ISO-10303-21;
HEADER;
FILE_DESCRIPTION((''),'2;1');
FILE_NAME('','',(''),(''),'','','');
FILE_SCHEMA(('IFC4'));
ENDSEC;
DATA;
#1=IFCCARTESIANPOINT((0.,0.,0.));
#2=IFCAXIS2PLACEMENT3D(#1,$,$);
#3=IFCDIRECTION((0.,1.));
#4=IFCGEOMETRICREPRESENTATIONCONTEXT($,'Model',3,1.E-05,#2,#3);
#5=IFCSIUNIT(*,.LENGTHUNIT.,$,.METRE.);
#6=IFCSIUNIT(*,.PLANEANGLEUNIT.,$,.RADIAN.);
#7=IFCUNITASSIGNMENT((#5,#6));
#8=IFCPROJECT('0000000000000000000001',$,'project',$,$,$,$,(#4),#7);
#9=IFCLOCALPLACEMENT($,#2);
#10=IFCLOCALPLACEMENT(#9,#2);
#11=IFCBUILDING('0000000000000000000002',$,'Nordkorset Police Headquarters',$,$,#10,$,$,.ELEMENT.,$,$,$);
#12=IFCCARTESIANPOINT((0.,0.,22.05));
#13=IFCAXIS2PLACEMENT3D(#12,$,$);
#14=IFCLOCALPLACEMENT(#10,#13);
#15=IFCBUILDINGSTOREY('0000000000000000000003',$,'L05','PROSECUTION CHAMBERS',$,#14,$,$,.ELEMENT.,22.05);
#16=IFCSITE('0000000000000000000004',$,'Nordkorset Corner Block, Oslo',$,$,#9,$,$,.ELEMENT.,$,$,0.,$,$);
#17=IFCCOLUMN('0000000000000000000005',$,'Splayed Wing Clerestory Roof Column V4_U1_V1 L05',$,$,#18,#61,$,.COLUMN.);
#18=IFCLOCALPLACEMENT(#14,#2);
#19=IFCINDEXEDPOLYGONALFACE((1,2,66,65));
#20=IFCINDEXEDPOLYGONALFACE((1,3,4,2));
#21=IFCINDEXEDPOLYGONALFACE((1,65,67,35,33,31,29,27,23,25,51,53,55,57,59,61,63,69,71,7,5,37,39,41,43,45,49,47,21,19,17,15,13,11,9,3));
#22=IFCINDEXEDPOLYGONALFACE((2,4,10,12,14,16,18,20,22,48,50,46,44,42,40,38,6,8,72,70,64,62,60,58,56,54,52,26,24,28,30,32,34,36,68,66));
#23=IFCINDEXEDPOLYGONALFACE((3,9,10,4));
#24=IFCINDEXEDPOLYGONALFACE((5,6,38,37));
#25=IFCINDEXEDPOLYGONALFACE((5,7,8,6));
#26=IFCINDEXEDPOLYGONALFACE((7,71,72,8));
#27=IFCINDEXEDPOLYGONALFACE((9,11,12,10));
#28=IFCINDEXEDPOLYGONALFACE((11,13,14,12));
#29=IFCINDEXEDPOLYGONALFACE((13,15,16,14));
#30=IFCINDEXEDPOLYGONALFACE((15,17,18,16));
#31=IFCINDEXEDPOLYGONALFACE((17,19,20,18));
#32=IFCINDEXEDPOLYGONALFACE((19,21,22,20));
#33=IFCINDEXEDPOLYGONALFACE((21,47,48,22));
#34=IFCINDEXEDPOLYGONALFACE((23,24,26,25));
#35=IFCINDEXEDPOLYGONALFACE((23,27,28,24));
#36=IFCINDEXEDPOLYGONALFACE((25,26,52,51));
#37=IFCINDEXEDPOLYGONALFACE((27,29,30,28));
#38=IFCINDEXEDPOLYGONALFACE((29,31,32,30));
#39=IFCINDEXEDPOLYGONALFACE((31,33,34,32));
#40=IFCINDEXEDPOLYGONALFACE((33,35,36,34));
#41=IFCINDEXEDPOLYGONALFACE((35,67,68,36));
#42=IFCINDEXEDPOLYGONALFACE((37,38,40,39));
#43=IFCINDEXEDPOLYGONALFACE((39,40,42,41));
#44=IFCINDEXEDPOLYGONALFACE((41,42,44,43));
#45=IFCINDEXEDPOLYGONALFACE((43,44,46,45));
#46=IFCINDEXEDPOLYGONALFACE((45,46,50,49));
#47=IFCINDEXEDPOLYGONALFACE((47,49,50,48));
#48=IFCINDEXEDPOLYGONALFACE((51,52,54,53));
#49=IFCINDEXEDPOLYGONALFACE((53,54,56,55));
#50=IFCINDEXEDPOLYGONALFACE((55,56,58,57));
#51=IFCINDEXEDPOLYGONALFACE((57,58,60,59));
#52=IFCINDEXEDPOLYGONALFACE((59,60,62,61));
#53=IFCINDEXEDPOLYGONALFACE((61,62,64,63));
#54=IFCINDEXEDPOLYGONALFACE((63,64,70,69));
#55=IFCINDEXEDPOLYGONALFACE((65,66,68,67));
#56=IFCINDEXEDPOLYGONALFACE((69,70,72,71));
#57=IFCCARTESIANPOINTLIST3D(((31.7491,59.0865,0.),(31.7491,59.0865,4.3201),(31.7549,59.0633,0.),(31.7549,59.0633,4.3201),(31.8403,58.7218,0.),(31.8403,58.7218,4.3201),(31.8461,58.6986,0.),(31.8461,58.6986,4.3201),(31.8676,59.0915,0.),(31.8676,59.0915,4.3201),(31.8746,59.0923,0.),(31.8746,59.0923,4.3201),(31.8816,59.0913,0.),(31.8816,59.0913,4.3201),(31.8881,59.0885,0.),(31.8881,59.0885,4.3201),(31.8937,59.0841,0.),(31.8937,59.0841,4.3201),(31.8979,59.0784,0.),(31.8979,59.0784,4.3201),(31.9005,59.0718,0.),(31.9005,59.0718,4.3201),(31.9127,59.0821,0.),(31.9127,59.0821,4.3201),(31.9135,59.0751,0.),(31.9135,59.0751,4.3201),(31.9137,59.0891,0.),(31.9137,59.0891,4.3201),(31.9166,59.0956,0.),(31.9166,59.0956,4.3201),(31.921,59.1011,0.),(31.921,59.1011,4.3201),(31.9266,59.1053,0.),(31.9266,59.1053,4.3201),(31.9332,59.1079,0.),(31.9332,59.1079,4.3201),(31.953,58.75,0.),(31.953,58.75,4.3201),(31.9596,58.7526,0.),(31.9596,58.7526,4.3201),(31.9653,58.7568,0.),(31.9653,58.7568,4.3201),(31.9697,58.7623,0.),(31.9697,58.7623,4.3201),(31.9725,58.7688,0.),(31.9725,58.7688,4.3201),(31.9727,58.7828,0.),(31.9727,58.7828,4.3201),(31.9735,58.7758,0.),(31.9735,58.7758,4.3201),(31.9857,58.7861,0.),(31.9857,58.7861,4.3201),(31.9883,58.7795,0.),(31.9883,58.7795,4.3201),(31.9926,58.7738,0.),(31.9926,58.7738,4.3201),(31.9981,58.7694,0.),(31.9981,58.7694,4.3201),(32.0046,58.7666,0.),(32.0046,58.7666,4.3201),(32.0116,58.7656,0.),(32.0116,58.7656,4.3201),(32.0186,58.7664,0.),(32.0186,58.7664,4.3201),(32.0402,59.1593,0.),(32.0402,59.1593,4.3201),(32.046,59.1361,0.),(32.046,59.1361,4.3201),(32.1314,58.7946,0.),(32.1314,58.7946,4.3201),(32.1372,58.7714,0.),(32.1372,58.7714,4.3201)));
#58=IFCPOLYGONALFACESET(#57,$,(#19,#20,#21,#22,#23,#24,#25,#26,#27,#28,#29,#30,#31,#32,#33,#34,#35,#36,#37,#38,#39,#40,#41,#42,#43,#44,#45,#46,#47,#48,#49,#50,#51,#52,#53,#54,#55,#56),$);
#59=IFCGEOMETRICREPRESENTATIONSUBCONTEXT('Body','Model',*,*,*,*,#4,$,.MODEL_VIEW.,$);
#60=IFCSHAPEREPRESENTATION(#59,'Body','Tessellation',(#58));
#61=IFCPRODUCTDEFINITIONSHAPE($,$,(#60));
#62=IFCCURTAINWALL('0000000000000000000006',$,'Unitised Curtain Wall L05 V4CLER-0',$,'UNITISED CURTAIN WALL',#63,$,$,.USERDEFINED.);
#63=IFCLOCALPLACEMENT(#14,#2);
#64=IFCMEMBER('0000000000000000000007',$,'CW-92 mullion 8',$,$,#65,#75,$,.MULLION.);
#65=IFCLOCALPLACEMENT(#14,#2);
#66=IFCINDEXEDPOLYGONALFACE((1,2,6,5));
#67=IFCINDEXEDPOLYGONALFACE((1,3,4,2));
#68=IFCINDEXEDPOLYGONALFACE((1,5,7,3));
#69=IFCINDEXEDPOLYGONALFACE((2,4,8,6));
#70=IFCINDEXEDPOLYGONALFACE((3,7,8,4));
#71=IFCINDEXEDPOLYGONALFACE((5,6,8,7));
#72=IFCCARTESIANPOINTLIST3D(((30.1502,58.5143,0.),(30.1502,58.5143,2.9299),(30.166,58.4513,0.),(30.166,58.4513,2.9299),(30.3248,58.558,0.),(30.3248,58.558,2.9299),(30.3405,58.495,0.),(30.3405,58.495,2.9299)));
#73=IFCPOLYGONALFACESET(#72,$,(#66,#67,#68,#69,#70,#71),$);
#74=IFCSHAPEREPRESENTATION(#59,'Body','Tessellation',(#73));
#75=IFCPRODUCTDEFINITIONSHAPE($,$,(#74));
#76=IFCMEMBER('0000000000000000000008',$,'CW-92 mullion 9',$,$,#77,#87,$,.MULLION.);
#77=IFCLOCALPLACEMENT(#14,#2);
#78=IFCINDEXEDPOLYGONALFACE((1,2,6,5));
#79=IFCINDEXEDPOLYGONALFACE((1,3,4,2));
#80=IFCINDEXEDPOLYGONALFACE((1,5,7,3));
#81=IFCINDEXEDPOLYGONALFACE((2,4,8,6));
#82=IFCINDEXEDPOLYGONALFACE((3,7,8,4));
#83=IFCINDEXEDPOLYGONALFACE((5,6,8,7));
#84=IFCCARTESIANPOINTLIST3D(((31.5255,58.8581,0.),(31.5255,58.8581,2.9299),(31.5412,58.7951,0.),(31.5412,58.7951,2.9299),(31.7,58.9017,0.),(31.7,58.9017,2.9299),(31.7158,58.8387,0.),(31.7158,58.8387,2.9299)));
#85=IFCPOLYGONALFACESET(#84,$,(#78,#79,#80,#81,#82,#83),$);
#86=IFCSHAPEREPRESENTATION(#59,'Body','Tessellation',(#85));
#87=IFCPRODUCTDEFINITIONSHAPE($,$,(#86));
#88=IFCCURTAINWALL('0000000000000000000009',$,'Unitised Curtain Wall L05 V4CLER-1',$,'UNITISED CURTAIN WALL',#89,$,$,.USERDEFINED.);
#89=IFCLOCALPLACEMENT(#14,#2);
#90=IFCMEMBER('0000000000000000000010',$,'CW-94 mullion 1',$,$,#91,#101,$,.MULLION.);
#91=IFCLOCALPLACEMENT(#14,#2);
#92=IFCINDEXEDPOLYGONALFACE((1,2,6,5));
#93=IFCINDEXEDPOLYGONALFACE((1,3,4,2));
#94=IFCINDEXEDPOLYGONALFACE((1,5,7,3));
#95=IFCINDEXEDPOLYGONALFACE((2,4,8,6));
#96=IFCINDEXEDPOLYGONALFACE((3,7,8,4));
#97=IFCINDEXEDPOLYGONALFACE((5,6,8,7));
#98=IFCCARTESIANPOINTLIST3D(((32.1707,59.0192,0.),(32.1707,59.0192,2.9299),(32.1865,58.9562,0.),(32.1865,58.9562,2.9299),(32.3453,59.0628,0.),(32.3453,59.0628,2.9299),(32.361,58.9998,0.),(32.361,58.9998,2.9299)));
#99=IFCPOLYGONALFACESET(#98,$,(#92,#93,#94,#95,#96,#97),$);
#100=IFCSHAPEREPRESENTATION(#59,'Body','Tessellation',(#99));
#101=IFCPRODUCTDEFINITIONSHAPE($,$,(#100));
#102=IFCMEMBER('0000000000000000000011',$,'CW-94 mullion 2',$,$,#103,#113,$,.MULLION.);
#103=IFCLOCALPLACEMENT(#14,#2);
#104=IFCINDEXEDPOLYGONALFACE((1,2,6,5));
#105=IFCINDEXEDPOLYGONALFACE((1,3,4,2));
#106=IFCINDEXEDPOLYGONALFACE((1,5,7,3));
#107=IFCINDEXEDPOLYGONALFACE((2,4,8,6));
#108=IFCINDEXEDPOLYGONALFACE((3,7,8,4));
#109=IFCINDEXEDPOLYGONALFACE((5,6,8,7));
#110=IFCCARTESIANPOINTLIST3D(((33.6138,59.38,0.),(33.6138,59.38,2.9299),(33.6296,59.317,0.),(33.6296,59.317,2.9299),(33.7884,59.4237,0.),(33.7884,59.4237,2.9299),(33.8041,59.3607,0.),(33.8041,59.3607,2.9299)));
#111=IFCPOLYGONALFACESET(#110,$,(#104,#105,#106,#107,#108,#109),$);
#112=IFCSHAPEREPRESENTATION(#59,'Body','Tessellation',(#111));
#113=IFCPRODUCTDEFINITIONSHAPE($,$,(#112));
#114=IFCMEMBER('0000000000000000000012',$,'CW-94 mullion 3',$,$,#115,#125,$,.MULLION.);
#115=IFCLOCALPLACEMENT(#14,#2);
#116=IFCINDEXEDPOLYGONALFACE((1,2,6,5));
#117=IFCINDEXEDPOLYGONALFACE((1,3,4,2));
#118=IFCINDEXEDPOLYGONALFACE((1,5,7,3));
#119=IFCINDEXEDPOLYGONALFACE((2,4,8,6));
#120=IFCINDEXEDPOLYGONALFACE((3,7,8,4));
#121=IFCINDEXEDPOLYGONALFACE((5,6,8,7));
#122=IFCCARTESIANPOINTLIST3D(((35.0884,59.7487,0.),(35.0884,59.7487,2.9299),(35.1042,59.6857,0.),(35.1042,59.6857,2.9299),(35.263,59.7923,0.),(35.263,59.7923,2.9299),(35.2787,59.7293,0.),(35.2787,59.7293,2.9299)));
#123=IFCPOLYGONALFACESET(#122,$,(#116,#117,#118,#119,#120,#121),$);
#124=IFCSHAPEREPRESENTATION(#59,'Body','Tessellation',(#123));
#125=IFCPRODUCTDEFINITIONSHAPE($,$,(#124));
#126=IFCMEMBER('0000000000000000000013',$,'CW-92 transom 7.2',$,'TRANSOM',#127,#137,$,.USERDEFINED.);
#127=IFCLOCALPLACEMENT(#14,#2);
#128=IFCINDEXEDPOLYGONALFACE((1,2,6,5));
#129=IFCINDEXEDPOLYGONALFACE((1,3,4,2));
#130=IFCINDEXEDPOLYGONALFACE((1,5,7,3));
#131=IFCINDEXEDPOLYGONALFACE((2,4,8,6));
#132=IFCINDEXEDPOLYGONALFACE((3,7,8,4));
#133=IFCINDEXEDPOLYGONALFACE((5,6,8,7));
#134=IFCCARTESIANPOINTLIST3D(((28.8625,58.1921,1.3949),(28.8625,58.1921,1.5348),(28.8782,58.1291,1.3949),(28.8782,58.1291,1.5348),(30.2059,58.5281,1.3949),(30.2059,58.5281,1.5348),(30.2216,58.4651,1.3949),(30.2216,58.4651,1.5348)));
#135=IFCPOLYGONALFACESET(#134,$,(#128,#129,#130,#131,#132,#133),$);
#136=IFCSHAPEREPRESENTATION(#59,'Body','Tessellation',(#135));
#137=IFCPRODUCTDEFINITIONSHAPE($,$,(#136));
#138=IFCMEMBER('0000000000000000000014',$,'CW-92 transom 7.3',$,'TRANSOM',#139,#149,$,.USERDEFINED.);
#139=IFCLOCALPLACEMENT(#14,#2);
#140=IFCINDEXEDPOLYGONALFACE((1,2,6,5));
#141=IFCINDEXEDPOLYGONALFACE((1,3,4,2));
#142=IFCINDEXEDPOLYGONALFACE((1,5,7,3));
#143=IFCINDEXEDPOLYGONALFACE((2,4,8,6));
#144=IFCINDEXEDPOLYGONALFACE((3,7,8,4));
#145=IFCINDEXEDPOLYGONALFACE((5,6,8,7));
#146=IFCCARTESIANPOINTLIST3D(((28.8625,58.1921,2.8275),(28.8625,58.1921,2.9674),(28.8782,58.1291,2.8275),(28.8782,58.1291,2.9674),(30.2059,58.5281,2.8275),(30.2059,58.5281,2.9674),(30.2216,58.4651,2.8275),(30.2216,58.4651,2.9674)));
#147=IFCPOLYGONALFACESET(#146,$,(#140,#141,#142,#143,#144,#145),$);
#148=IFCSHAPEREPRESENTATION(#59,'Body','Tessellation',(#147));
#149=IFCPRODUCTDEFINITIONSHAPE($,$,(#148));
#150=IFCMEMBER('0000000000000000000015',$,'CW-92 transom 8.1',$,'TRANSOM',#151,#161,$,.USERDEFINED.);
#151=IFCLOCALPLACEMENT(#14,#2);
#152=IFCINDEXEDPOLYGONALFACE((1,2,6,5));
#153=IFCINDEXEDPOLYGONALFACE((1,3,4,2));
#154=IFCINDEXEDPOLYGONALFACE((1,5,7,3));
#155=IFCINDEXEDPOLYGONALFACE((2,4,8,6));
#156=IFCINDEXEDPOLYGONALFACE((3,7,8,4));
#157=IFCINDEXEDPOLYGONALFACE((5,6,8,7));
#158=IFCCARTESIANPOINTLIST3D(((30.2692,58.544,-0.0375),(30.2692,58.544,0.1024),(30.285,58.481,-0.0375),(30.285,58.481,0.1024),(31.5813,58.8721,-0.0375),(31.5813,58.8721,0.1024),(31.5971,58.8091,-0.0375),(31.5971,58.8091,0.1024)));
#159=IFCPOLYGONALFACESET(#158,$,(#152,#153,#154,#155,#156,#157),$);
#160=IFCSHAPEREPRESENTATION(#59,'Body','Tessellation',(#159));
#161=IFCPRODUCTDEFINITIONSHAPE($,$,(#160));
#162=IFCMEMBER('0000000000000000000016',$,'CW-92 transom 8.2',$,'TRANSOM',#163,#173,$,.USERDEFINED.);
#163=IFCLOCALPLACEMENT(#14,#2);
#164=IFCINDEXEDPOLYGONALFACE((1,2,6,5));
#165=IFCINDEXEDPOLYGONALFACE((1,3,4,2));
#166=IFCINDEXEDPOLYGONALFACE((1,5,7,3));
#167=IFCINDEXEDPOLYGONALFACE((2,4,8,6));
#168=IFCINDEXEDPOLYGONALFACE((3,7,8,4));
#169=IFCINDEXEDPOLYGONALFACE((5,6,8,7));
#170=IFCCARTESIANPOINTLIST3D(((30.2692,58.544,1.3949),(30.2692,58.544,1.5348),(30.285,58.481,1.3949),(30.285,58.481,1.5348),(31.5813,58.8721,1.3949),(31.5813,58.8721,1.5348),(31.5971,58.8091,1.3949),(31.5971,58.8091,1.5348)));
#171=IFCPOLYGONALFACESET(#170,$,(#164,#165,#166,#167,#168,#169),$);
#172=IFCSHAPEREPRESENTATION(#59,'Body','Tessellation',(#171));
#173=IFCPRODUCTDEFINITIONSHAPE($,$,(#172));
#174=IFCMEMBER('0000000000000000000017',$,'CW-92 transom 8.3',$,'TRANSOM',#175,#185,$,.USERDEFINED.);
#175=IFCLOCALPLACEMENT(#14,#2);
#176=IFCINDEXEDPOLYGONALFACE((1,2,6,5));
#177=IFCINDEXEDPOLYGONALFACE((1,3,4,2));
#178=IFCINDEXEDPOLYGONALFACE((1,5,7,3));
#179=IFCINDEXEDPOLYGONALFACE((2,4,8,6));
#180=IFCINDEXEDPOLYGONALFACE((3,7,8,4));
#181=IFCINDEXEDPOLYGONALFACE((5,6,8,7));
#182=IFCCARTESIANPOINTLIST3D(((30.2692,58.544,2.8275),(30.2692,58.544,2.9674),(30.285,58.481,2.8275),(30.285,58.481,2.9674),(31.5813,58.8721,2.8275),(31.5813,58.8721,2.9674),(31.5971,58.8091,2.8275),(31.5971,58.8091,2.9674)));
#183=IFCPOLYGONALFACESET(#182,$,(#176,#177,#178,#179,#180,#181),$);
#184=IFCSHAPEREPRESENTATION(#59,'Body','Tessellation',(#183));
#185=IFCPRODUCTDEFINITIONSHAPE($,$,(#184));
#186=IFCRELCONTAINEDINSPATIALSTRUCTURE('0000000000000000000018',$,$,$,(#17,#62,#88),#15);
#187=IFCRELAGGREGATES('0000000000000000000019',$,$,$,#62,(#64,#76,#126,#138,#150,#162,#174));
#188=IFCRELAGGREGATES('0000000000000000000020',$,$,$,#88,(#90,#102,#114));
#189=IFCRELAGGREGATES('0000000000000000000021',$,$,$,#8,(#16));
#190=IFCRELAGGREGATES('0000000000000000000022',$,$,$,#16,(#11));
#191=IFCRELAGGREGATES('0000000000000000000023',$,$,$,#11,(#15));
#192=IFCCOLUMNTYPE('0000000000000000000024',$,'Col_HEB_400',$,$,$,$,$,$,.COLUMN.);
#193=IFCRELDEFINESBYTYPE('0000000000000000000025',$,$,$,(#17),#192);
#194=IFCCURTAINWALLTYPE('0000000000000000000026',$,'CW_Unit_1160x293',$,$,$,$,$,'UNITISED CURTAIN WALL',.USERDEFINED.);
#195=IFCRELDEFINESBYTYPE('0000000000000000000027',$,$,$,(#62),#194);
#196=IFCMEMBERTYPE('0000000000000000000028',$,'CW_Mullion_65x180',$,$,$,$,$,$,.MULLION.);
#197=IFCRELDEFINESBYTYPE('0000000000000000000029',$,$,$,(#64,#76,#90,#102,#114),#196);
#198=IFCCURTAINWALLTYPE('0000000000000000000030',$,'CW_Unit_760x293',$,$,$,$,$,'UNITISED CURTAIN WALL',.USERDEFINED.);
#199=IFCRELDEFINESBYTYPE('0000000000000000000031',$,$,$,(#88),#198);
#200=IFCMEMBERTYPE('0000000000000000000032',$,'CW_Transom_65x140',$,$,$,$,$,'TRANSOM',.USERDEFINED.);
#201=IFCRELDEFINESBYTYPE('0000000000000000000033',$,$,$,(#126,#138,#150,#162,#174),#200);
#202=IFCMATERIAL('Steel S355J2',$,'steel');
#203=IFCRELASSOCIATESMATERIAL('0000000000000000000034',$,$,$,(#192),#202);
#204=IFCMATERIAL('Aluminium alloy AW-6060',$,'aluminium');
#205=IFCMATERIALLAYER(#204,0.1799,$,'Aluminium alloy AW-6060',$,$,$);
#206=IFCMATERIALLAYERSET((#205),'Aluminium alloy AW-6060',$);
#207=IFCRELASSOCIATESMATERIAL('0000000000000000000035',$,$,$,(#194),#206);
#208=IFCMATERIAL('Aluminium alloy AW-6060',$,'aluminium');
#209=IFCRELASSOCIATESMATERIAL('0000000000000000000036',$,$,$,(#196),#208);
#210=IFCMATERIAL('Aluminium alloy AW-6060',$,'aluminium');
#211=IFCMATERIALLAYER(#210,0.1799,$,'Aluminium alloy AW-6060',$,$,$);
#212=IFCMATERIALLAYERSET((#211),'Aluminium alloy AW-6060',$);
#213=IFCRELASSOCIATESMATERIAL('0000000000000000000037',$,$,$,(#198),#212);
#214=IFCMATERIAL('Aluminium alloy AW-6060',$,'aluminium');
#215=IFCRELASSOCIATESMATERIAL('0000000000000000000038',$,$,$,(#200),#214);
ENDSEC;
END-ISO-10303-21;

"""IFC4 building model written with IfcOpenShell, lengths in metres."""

from ifc_helpers import new_model, si_unit, direction, frame, origin, origin_2d, place, context, subcontext, project, spatial, rectangle, i_section, extrude, material, layer, layer_set, material_profile, profile_set, type_object, element, aggregate, save


model = new_model("IFC4")

# Units and contexts
model_context = context("Model", 3, precision=1e-05, world=origin(), true_north=direction((0.0, 1.0)))
body_context = subcontext(model_context, "Body", "Model", "MODEL_VIEW")
ifc_project = project(units=[si_unit("LENGTHUNIT", "METRE"), si_unit("PLANEANGLEUNIT", "RADIAN")], contexts=[model_context])

# Site, building, storey
site_placement = place(None, origin())
site = spatial("IfcSite", under=ifc_project, at=site_placement, Name="Nordkorset Corner Block, Oslo", CompositionType="ELEMENT", RefElevation=0.0)
building_placement = place(site_placement, origin())
building = spatial("IfcBuilding", under=site, at=building_placement, Name="Nordkorset Police Headquarters", CompositionType="ELEMENT")
storey_placement = place(building_placement, frame((0.0, 0.0, 22.05)))
storey = spatial("IfcBuildingStorey", under=building, at=storey_placement, Name="L05", Description="PROSECUTION CHAMBERS", CompositionType="ELEMENT", Elevation=22.05)

# Column
ifc_material_1 = material(Name="Steel S355J2", Category="steel")
ifc_material_profile_1 = material_profile(ifc_material_1, i_section(OverallWidth=0.3, OverallDepth=0.3999, WebThickness=0.0134, FlangeThickness=0.0239, FilletRadius=0.0271, at=origin_2d()), Name="HEB 400")
ifc_profile_set_1 = profile_set([ifc_material_profile_1], Name="Steel S355J2")
column_type = type_object("IfcColumnType", Name="Col_HEB_400", PredefinedType="COLUMN", material=ifc_profile_set_1)
column_placement = place(storey_placement, frame((31.9431, 58.929, 0.0), z_axis=(0.0, 0.0, 1.0), x_axis=(0.970143, 0.242536, 0.0)))
element("IfcColumn", 1, at=column_placement, inside=storey, type_object=column_type, Name="Splayed Wing Clerestory Roof Column V4_U1_V1 L05", PredefinedType="COLUMN", context=body_context, shape_type="SweptSolid", body=[
    extrude(i_section(OverallWidth=0.3, OverallDepth=0.3999, WebThickness=0.0134, FlangeThickness=0.0239, FilletRadius=0.0271, at=origin_2d()), origin(), (0.0, 0.0, 1.0), 4.3201),
])

# Curtain walls, members
ifc_material_2 = material(Name="Aluminium alloy AW-6060", Category="aluminium")
ifc_layer_1 = layer(ifc_material_2, 0.1799, Name="Aluminium alloy AW-6060")
ifc_layer_set_1 = layer_set([ifc_layer_1], Name="Aluminium alloy AW-6060")
curtain_wall_type_1 = type_object("IfcCurtainWallType", Name="CW_Unit_1160x293", ElementType="UNITISED CURTAIN WALL", PredefinedType="USERDEFINED", material=ifc_layer_set_1)
curtain_wall_1_placement = place(storey_placement, origin())
curtain_wall_1 = element("IfcCurtainWall", 2, at=curtain_wall_1_placement, inside=storey, type_object=curtain_wall_type_1, Name="Unitised Curtain Wall L05 V4CLER-0", ObjectType="UNITISED CURTAIN WALL", PredefinedType="USERDEFINED")
ifc_material_3 = material(Name="Aluminium alloy AW-6060", Category="aluminium")
ifc_material_profile_2 = material_profile(ifc_material_3, rectangle(XDim=0.0649, YDim=0.1799, at=origin_2d()), Name="ALU MULL 65x180")
ifc_profile_set_2 = profile_set([ifc_material_profile_2], Name="Aluminium alloy AW-6060")
member_type_1 = type_object("IfcMemberType", Name="CW_Mullion_65x180", PredefinedType="MULLION", material=ifc_profile_set_2)
member_1_placement = place(storey_placement, frame((30.2454, 58.5046, 0.0), z_axis=(0.0, 0.0, 1.0), x_axis=(-0.242536, 0.970142, 0.0)))
member_1 = element("IfcMember", 3, at=member_1_placement, type_object=member_type_1, Name="CW-92 mullion 8", PredefinedType="MULLION", context=body_context, shape_type="SweptSolid", body=[
    extrude(rectangle(XDim=0.0649, YDim=0.1799, at=origin_2d()), origin(), (0.0, 0.0, 1.0), 2.9299),
])
member_2_placement = place(storey_placement, frame((31.6206, 58.8484, 0.0), z_axis=(0.0, 0.0, 1.0), x_axis=(-0.242536, 0.970142, 0.0)))
member_2 = element("IfcMember", 4, at=member_2_placement, type_object=member_type_1, Name="CW-92 mullion 9", PredefinedType="MULLION", context=body_context, shape_type="SweptSolid", body=[
    extrude(rectangle(XDim=0.0649, YDim=0.1799, at=origin_2d()), origin(), (0.0, 0.0, 1.0), 2.9299),
])
ifc_material_4 = material(Name="Aluminium alloy AW-6060", Category="aluminium")
ifc_layer_2 = layer(ifc_material_4, 0.1799, Name="Aluminium alloy AW-6060")
ifc_layer_set_2 = layer_set([ifc_layer_2], Name="Aluminium alloy AW-6060")
curtain_wall_type_2 = type_object("IfcCurtainWallType", Name="CW_Unit_760x293", ElementType="UNITISED CURTAIN WALL", PredefinedType="USERDEFINED", material=ifc_layer_set_2)
curtain_wall_2_placement = place(storey_placement, origin())
curtain_wall_2 = element("IfcCurtainWall", 5, at=curtain_wall_2_placement, inside=storey, type_object=curtain_wall_type_2, Name="Unitised Curtain Wall L05 V4CLER-1", ObjectType="UNITISED CURTAIN WALL", PredefinedType="USERDEFINED")
member_3_placement = place(storey_placement, frame((32.2659, 59.0095, 0.0), z_axis=(0.0, 0.0, 1.0), x_axis=(-0.242536, 0.970143, 0.0)))
member_3 = element("IfcMember", 6, at=member_3_placement, type_object=member_type_1, Name="CW-94 mullion 1", PredefinedType="MULLION", context=body_context, shape_type="SweptSolid", body=[
    extrude(rectangle(XDim=0.0649, YDim=0.1799, at=origin_2d()), origin(), (0.0, 0.0, 1.0), 2.9299),
])
member_4_placement = place(storey_placement, frame((33.709, 59.3704, 0.0), z_axis=(0.0, 0.0, 1.0), x_axis=(-0.242536, 0.970143, 0.0)))
member_4 = element("IfcMember", 7, at=member_4_placement, type_object=member_type_1, Name="CW-94 mullion 2", PredefinedType="MULLION", context=body_context, shape_type="SweptSolid", body=[
    extrude(rectangle(XDim=0.0649, YDim=0.1799, at=origin_2d()), origin(), (0.0, 0.0, 1.0), 2.9299),
])
member_5_placement = place(storey_placement, frame((35.1836, 59.739, 0.0), z_axis=(0.0, 0.0, 1.0), x_axis=(-0.242536, 0.970143, 0.0)))
member_5 = element("IfcMember", 8, at=member_5_placement, type_object=member_type_1, Name="CW-94 mullion 3", PredefinedType="MULLION", context=body_context, shape_type="SweptSolid", body=[
    extrude(rectangle(XDim=0.0649, YDim=0.1799, at=origin_2d()), origin(), (0.0, 0.0, 1.0), 2.9299),
])

# Members
ifc_material_5 = material(Name="Aluminium alloy AW-6060", Category="aluminium")
ifc_material_profile_3 = material_profile(ifc_material_5, rectangle(XDim=0.0649, YDim=0.1399, at=origin_2d()), Name="ALU TRAN 65x140")
ifc_profile_set_3 = profile_set([ifc_material_profile_3], Name="Aluminium alloy AW-6060")
member_type_2 = type_object("IfcMemberType", Name="CW_Transom_65x140", ElementType="TRANSOM", PredefinedType="USERDEFINED", material=ifc_profile_set_3)
member_6_placement = place(storey_placement, frame((28.8704, 58.1606, 1.4648), z_axis=(0.970132, 0.242577, 0.0), x_axis=(-0.242577, 0.970132, 0.0)))
member_6 = element("IfcMember", 9, at=member_6_placement, type_object=member_type_2, Name="CW-92 transom 7.2", ObjectType="TRANSOM", PredefinedType="USERDEFINED", context=body_context, shape_type="SweptSolid", body=[
    extrude(rectangle(XDim=0.0649, YDim=0.1399, at=origin_2d()), origin(), (0.0, 0.0, 1.0), 1.3848),
])
member_7_placement = place(storey_placement, frame((28.8704, 58.1606, 2.8975), z_axis=(0.970132, 0.242577, 0.0), x_axis=(-0.242577, 0.970132, 0.0)))
member_7 = element("IfcMember", 10, at=member_7_placement, type_object=member_type_2, Name="CW-92 transom 7.3", ObjectType="TRANSOM", PredefinedType="USERDEFINED", context=body_context, shape_type="SweptSolid", body=[
    extrude(rectangle(XDim=0.0649, YDim=0.1399, at=origin_2d()), origin(), (0.0, 0.0, 1.0), 1.3848),
])
member_8_placement = place(storey_placement, frame((30.2771, 58.5125, 0.0325), z_axis=(0.970121, 0.242621, 0.0), x_axis=(-0.242621, 0.970121, 0.0)))
member_8 = element("IfcMember", 11, at=member_8_placement, type_object=member_type_2, Name="CW-92 transom 8.1", ObjectType="TRANSOM", PredefinedType="USERDEFINED", context=body_context, shape_type="SweptSolid", body=[
    extrude(rectangle(XDim=0.0649, YDim=0.1399, at=origin_2d()), origin(), (0.0, 0.0, 1.0), 1.3525),
])
member_9_placement = place(storey_placement, frame((30.2771, 58.5125, 1.4648), z_axis=(0.970121, 0.242621, 0.0), x_axis=(-0.242621, 0.970121, 0.0)))
member_9 = element("IfcMember", 12, at=member_9_placement, type_object=member_type_2, Name="CW-92 transom 8.2", ObjectType="TRANSOM", PredefinedType="USERDEFINED", context=body_context, shape_type="SweptSolid", body=[
    extrude(rectangle(XDim=0.0649, YDim=0.1399, at=origin_2d()), origin(), (0.0, 0.0, 1.0), 1.3525),
])
member_10_placement = place(storey_placement, frame((30.2771, 58.5125, 2.8975), z_axis=(0.970121, 0.242621, 0.0), x_axis=(-0.242621, 0.970121, 0.0)))
member_10 = element("IfcMember", 13, at=member_10_placement, type_object=member_type_2, Name="CW-92 transom 8.3", ObjectType="TRANSOM", PredefinedType="USERDEFINED", context=body_context, shape_type="SweptSolid", body=[
    extrude(rectangle(XDim=0.0649, YDim=0.1399, at=origin_2d()), origin(), (0.0, 0.0, 1.0), 1.3525),
])

aggregate(curtain_wall_1, [member_1, member_2, member_6, member_7, member_8, member_9, member_10])
aggregate(curtain_wall_2, [member_3, member_4, member_5])

save(model, "model.ifc")
